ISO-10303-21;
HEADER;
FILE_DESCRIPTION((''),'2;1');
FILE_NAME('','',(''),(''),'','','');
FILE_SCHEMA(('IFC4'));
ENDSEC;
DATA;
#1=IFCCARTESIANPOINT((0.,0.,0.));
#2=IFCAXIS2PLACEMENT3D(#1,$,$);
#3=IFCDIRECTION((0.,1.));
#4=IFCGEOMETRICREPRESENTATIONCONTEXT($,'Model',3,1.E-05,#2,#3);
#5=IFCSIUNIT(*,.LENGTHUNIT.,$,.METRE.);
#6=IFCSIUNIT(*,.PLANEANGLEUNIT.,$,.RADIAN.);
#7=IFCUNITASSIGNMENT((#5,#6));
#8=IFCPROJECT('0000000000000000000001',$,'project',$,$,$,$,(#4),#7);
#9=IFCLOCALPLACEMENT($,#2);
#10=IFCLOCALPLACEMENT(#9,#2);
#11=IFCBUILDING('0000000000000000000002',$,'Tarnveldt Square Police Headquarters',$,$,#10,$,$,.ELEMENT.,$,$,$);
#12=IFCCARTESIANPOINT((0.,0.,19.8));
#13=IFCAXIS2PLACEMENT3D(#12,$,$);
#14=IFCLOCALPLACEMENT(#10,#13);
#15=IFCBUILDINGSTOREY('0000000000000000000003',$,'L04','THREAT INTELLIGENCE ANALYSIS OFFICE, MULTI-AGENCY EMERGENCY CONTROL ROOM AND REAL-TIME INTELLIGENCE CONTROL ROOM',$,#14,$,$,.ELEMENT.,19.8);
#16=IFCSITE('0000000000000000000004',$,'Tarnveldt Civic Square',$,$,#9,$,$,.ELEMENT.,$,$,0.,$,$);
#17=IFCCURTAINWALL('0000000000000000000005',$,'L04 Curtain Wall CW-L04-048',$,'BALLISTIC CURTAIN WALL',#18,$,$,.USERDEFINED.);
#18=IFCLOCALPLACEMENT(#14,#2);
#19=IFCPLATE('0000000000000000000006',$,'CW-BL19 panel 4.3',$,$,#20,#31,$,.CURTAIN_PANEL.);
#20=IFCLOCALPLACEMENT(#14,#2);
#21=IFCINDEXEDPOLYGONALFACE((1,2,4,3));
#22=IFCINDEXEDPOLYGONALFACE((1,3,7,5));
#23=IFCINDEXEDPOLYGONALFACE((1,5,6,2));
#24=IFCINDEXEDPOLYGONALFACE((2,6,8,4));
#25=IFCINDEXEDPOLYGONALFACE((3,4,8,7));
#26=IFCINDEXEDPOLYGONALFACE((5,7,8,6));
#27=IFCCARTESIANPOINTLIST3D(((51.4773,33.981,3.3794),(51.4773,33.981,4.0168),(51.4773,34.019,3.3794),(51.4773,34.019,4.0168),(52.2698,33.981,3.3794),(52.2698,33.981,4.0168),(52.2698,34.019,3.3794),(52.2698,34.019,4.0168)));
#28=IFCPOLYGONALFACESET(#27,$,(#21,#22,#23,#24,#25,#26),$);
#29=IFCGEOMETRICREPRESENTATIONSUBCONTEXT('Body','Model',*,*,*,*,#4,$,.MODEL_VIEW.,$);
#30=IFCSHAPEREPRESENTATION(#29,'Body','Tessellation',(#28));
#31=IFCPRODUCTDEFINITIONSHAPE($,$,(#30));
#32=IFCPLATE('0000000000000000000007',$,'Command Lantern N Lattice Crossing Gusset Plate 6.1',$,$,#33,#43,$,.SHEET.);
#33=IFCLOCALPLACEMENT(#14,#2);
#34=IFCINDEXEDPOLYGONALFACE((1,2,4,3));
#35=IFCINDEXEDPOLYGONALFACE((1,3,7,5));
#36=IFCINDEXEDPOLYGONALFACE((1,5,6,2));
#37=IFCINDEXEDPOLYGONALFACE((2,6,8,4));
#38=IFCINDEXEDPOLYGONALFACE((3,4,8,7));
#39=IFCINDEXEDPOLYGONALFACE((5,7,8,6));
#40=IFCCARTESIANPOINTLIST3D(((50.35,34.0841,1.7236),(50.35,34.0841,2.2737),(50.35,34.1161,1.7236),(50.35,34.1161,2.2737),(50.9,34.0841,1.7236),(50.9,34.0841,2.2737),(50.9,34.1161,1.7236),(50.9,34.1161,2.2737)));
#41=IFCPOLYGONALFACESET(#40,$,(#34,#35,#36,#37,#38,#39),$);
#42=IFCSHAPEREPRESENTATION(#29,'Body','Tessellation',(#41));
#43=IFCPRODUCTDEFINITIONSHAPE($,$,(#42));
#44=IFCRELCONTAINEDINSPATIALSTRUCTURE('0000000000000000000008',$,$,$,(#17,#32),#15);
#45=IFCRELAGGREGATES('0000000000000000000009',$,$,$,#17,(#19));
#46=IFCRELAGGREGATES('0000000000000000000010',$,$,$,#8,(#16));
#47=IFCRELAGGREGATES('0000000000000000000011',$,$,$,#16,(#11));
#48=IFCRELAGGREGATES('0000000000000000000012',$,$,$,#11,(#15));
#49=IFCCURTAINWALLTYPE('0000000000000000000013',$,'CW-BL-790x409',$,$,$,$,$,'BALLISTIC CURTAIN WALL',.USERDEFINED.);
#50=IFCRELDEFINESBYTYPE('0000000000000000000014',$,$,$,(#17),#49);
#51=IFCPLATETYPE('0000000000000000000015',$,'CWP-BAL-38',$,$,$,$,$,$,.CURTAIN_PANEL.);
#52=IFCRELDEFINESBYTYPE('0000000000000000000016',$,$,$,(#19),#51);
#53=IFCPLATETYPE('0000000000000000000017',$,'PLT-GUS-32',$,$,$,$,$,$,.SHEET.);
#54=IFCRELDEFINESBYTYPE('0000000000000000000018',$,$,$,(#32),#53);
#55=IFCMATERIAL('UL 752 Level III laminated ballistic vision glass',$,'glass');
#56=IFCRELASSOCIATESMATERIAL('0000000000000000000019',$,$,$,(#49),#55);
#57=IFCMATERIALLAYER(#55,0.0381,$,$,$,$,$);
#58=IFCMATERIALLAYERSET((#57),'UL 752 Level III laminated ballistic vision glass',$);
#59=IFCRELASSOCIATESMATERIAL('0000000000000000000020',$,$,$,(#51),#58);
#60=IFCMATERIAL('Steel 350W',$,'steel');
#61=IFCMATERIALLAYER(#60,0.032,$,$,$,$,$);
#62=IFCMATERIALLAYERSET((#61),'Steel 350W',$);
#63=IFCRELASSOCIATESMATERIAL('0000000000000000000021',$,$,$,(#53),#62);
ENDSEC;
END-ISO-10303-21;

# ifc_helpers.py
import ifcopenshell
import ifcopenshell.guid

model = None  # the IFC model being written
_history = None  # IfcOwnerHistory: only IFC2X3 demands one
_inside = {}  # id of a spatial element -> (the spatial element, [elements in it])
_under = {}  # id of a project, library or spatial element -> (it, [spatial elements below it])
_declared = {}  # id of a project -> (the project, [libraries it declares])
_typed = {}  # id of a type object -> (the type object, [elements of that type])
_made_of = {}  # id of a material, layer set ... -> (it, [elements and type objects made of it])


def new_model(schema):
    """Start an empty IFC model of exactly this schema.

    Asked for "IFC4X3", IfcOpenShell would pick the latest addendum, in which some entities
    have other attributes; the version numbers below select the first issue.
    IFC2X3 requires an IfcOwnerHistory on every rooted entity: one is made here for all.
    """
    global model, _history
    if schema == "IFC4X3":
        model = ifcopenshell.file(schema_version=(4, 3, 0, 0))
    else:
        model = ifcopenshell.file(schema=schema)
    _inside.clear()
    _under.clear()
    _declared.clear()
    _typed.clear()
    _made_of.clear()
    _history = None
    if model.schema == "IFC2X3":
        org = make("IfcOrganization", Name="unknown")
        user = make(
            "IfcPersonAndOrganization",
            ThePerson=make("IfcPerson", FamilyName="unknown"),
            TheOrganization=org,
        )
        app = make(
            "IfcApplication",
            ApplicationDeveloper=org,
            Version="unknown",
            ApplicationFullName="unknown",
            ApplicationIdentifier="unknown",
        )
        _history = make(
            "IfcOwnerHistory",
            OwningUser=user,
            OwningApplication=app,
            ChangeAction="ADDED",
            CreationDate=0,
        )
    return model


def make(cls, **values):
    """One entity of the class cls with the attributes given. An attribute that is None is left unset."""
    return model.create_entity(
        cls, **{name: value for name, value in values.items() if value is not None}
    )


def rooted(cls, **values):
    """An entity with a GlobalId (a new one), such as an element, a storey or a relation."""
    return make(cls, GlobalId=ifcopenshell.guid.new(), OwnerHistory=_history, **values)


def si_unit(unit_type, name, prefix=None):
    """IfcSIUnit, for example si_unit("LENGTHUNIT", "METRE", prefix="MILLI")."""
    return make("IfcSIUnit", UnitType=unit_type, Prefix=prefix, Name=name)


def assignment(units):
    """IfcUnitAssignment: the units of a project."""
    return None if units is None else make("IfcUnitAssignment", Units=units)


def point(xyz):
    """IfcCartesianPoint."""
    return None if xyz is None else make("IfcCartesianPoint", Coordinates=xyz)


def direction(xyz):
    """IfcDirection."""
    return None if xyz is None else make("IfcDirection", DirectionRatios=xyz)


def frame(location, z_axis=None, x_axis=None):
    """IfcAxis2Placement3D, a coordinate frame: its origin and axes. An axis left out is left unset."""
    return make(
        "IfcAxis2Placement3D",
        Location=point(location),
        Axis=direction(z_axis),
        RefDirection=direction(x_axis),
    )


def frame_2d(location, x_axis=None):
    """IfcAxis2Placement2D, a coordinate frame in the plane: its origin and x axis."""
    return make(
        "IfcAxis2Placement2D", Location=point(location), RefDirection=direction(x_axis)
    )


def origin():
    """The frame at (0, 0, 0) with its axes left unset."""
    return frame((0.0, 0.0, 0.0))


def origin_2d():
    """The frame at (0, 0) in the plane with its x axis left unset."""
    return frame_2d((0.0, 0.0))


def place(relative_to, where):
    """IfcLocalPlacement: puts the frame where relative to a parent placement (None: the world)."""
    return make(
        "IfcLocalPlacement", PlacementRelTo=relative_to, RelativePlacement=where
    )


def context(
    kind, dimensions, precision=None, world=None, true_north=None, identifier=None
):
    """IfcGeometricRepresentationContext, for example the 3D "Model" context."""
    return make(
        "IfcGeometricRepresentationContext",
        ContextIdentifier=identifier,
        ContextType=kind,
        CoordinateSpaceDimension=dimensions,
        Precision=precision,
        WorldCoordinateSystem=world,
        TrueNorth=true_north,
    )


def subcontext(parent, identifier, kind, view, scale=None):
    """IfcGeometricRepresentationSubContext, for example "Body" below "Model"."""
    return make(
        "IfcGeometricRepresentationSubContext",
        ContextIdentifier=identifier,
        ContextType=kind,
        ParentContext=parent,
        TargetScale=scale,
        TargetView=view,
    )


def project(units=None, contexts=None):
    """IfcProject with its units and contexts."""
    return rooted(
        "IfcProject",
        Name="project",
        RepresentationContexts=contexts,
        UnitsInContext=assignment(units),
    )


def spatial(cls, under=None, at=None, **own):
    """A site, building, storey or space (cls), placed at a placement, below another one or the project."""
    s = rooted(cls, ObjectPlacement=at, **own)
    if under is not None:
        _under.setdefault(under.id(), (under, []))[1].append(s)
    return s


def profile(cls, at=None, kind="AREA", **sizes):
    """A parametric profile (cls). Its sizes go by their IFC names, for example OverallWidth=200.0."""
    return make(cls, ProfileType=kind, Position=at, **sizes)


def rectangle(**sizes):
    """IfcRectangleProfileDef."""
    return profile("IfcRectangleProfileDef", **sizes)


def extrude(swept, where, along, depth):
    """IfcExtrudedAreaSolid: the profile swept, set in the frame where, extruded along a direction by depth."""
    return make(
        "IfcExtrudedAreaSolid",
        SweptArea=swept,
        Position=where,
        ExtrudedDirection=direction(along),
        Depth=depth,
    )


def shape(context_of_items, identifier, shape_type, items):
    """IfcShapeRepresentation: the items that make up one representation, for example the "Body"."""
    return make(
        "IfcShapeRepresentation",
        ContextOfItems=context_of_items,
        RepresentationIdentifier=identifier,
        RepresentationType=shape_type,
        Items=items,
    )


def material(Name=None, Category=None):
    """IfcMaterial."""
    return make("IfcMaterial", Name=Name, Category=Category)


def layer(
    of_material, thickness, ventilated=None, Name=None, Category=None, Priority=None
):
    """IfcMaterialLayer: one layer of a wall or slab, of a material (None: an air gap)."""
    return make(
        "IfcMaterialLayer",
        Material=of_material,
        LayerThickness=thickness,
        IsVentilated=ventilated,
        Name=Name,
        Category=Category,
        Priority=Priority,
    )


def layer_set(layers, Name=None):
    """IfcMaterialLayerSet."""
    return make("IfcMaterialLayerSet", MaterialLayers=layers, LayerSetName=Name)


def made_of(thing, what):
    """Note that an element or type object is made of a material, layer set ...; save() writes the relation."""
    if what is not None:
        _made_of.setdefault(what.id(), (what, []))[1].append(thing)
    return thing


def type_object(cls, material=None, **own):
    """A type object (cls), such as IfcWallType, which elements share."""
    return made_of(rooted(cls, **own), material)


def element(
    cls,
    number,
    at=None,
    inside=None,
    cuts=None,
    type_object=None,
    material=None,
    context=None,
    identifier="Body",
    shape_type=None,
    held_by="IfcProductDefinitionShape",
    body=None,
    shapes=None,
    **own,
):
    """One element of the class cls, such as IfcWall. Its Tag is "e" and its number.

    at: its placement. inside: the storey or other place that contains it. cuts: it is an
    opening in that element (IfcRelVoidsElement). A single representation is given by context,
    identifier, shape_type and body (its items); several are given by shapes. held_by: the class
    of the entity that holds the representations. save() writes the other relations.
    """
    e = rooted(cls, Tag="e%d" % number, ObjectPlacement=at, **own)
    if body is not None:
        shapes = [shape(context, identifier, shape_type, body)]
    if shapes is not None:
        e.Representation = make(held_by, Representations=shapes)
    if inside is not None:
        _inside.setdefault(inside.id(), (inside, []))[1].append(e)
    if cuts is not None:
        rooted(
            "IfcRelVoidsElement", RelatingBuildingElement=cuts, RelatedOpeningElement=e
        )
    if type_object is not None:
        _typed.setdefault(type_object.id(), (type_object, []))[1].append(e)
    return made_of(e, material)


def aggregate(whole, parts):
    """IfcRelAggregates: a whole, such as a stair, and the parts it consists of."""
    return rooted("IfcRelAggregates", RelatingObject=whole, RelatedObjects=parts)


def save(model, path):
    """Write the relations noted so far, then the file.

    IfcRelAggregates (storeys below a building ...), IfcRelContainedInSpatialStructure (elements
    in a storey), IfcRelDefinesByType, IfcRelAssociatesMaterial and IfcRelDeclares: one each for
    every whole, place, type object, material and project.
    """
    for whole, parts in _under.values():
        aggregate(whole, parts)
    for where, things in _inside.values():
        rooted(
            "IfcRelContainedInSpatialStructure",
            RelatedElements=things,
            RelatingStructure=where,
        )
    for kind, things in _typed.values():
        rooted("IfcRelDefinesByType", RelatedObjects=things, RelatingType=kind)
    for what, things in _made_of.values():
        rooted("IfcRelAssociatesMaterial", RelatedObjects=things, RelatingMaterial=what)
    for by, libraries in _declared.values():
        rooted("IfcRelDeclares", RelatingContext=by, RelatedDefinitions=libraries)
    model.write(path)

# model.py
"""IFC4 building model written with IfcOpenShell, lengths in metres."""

from ifc_helpers import new_model, si_unit, direction, frame, origin, origin_2d, place, context, subcontext, project, spatial, rectangle, extrude, material, layer, layer_set, type_object, element, aggregate, save


model = new_model("IFC4")

# Units and contexts
model_context = context("Model", 3, precision=1e-05, world=origin(), true_north=direction((0.0, 1.0)))
body_context = subcontext(model_context, "Body", "Model", "MODEL_VIEW")
ifc_project = project(units=[si_unit("LENGTHUNIT", "METRE"), si_unit("PLANEANGLEUNIT", "RADIAN")], contexts=[model_context])

# Site, building, storey
site_placement = place(None, origin())
site = spatial("IfcSite", under=ifc_project, at=site_placement, Name="Tarnveldt Civic Square", CompositionType="ELEMENT", RefElevation=0.0)
building_placement = place(site_placement, origin())
building = spatial("IfcBuilding", under=site, at=building_placement, Name="Tarnveldt Square Police Headquarters", CompositionType="ELEMENT")
storey_placement = place(building_placement, frame((0.0, 0.0, 19.8)))
storey = spatial("IfcBuildingStorey", under=building, at=storey_placement, Name="L04", Description="THREAT INTELLIGENCE ANALYSIS OFFICE, MULTI-AGENCY EMERGENCY CONTROL ROOM AND REAL-TIME INTELLIGENCE CONTROL ROOM", CompositionType="ELEMENT", Elevation=19.8)

# Curtain wall
ifc_material_1 = material(Name="UL 752 Level III laminated ballistic vision glass", Category="glass")
curtain_wall_type = type_object("IfcCurtainWallType", Name="CW-BL-790x409", ElementType="BALLISTIC CURTAIN WALL", PredefinedType="USERDEFINED", material=ifc_material_1)
curtain_wall_placement = place(storey_placement, origin())
curtain_wall = element("IfcCurtainWall", 1, at=curtain_wall_placement, inside=storey, type_object=curtain_wall_type, Name="L04 Curtain Wall CW-L04-048", ObjectType="BALLISTIC CURTAIN WALL", PredefinedType="USERDEFINED")

# Shared definitions
ifc_material_2 = material(Name="Steel 350W", Category="steel")

# Plates
ifc_layer_1 = layer(ifc_material_1, 0.0381)
ifc_layer_set_1 = layer_set([ifc_layer_1], Name="UL 752 Level III laminated ballistic vision glass")
plate_type_1 = type_object("IfcPlateType", Name="CWP-BAL-38", PredefinedType="CURTAIN_PANEL", material=ifc_layer_set_1)
plate_1_placement = place(storey_placement, frame((51.8735, 34.0, 3.3794), z_axis=(0.0, 0.0, 1.0), x_axis=(1.0, 0.0, 0.0)))
plate_1 = element("IfcPlate", 2, at=plate_1_placement, type_object=plate_type_1, Name="CW-BL19 panel 4.3", PredefinedType="CURTAIN_PANEL", context=body_context, shape_type="SweptSolid", body=[
    extrude(rectangle(XDim=0.7925, YDim=0.0381, at=origin_2d()), origin(), (0.0, 0.0, 1.0), 0.6375),
])
aggregate(curtain_wall, [plate_1])
ifc_layer_2 = layer(ifc_material_2, 0.032)
ifc_layer_set_2 = layer_set([ifc_layer_2], Name="Steel 350W")
plate_type_2 = type_object("IfcPlateType", Name="PLT-GUS-32", PredefinedType="SHEET", material=ifc_layer_set_2)
plate_2_placement = place(storey_placement, frame((50.625, 34.1001, 1.7236), z_axis=(0.0, 0.0, 1.0), x_axis=(1.0, 0.0, 0.0)))
element("IfcPlate", 3, at=plate_2_placement, inside=storey, type_object=plate_type_2, Name="Command Lantern N Lattice Crossing Gusset Plate 6.1", PredefinedType="SHEET", context=body_context, shape_type="SweptSolid", body=[
    extrude(rectangle(XDim=0.55, YDim=0.032, at=origin_2d()), origin(), (0.0, 0.0, 1.0), 0.55),
])

save(model, "model.ifc")
